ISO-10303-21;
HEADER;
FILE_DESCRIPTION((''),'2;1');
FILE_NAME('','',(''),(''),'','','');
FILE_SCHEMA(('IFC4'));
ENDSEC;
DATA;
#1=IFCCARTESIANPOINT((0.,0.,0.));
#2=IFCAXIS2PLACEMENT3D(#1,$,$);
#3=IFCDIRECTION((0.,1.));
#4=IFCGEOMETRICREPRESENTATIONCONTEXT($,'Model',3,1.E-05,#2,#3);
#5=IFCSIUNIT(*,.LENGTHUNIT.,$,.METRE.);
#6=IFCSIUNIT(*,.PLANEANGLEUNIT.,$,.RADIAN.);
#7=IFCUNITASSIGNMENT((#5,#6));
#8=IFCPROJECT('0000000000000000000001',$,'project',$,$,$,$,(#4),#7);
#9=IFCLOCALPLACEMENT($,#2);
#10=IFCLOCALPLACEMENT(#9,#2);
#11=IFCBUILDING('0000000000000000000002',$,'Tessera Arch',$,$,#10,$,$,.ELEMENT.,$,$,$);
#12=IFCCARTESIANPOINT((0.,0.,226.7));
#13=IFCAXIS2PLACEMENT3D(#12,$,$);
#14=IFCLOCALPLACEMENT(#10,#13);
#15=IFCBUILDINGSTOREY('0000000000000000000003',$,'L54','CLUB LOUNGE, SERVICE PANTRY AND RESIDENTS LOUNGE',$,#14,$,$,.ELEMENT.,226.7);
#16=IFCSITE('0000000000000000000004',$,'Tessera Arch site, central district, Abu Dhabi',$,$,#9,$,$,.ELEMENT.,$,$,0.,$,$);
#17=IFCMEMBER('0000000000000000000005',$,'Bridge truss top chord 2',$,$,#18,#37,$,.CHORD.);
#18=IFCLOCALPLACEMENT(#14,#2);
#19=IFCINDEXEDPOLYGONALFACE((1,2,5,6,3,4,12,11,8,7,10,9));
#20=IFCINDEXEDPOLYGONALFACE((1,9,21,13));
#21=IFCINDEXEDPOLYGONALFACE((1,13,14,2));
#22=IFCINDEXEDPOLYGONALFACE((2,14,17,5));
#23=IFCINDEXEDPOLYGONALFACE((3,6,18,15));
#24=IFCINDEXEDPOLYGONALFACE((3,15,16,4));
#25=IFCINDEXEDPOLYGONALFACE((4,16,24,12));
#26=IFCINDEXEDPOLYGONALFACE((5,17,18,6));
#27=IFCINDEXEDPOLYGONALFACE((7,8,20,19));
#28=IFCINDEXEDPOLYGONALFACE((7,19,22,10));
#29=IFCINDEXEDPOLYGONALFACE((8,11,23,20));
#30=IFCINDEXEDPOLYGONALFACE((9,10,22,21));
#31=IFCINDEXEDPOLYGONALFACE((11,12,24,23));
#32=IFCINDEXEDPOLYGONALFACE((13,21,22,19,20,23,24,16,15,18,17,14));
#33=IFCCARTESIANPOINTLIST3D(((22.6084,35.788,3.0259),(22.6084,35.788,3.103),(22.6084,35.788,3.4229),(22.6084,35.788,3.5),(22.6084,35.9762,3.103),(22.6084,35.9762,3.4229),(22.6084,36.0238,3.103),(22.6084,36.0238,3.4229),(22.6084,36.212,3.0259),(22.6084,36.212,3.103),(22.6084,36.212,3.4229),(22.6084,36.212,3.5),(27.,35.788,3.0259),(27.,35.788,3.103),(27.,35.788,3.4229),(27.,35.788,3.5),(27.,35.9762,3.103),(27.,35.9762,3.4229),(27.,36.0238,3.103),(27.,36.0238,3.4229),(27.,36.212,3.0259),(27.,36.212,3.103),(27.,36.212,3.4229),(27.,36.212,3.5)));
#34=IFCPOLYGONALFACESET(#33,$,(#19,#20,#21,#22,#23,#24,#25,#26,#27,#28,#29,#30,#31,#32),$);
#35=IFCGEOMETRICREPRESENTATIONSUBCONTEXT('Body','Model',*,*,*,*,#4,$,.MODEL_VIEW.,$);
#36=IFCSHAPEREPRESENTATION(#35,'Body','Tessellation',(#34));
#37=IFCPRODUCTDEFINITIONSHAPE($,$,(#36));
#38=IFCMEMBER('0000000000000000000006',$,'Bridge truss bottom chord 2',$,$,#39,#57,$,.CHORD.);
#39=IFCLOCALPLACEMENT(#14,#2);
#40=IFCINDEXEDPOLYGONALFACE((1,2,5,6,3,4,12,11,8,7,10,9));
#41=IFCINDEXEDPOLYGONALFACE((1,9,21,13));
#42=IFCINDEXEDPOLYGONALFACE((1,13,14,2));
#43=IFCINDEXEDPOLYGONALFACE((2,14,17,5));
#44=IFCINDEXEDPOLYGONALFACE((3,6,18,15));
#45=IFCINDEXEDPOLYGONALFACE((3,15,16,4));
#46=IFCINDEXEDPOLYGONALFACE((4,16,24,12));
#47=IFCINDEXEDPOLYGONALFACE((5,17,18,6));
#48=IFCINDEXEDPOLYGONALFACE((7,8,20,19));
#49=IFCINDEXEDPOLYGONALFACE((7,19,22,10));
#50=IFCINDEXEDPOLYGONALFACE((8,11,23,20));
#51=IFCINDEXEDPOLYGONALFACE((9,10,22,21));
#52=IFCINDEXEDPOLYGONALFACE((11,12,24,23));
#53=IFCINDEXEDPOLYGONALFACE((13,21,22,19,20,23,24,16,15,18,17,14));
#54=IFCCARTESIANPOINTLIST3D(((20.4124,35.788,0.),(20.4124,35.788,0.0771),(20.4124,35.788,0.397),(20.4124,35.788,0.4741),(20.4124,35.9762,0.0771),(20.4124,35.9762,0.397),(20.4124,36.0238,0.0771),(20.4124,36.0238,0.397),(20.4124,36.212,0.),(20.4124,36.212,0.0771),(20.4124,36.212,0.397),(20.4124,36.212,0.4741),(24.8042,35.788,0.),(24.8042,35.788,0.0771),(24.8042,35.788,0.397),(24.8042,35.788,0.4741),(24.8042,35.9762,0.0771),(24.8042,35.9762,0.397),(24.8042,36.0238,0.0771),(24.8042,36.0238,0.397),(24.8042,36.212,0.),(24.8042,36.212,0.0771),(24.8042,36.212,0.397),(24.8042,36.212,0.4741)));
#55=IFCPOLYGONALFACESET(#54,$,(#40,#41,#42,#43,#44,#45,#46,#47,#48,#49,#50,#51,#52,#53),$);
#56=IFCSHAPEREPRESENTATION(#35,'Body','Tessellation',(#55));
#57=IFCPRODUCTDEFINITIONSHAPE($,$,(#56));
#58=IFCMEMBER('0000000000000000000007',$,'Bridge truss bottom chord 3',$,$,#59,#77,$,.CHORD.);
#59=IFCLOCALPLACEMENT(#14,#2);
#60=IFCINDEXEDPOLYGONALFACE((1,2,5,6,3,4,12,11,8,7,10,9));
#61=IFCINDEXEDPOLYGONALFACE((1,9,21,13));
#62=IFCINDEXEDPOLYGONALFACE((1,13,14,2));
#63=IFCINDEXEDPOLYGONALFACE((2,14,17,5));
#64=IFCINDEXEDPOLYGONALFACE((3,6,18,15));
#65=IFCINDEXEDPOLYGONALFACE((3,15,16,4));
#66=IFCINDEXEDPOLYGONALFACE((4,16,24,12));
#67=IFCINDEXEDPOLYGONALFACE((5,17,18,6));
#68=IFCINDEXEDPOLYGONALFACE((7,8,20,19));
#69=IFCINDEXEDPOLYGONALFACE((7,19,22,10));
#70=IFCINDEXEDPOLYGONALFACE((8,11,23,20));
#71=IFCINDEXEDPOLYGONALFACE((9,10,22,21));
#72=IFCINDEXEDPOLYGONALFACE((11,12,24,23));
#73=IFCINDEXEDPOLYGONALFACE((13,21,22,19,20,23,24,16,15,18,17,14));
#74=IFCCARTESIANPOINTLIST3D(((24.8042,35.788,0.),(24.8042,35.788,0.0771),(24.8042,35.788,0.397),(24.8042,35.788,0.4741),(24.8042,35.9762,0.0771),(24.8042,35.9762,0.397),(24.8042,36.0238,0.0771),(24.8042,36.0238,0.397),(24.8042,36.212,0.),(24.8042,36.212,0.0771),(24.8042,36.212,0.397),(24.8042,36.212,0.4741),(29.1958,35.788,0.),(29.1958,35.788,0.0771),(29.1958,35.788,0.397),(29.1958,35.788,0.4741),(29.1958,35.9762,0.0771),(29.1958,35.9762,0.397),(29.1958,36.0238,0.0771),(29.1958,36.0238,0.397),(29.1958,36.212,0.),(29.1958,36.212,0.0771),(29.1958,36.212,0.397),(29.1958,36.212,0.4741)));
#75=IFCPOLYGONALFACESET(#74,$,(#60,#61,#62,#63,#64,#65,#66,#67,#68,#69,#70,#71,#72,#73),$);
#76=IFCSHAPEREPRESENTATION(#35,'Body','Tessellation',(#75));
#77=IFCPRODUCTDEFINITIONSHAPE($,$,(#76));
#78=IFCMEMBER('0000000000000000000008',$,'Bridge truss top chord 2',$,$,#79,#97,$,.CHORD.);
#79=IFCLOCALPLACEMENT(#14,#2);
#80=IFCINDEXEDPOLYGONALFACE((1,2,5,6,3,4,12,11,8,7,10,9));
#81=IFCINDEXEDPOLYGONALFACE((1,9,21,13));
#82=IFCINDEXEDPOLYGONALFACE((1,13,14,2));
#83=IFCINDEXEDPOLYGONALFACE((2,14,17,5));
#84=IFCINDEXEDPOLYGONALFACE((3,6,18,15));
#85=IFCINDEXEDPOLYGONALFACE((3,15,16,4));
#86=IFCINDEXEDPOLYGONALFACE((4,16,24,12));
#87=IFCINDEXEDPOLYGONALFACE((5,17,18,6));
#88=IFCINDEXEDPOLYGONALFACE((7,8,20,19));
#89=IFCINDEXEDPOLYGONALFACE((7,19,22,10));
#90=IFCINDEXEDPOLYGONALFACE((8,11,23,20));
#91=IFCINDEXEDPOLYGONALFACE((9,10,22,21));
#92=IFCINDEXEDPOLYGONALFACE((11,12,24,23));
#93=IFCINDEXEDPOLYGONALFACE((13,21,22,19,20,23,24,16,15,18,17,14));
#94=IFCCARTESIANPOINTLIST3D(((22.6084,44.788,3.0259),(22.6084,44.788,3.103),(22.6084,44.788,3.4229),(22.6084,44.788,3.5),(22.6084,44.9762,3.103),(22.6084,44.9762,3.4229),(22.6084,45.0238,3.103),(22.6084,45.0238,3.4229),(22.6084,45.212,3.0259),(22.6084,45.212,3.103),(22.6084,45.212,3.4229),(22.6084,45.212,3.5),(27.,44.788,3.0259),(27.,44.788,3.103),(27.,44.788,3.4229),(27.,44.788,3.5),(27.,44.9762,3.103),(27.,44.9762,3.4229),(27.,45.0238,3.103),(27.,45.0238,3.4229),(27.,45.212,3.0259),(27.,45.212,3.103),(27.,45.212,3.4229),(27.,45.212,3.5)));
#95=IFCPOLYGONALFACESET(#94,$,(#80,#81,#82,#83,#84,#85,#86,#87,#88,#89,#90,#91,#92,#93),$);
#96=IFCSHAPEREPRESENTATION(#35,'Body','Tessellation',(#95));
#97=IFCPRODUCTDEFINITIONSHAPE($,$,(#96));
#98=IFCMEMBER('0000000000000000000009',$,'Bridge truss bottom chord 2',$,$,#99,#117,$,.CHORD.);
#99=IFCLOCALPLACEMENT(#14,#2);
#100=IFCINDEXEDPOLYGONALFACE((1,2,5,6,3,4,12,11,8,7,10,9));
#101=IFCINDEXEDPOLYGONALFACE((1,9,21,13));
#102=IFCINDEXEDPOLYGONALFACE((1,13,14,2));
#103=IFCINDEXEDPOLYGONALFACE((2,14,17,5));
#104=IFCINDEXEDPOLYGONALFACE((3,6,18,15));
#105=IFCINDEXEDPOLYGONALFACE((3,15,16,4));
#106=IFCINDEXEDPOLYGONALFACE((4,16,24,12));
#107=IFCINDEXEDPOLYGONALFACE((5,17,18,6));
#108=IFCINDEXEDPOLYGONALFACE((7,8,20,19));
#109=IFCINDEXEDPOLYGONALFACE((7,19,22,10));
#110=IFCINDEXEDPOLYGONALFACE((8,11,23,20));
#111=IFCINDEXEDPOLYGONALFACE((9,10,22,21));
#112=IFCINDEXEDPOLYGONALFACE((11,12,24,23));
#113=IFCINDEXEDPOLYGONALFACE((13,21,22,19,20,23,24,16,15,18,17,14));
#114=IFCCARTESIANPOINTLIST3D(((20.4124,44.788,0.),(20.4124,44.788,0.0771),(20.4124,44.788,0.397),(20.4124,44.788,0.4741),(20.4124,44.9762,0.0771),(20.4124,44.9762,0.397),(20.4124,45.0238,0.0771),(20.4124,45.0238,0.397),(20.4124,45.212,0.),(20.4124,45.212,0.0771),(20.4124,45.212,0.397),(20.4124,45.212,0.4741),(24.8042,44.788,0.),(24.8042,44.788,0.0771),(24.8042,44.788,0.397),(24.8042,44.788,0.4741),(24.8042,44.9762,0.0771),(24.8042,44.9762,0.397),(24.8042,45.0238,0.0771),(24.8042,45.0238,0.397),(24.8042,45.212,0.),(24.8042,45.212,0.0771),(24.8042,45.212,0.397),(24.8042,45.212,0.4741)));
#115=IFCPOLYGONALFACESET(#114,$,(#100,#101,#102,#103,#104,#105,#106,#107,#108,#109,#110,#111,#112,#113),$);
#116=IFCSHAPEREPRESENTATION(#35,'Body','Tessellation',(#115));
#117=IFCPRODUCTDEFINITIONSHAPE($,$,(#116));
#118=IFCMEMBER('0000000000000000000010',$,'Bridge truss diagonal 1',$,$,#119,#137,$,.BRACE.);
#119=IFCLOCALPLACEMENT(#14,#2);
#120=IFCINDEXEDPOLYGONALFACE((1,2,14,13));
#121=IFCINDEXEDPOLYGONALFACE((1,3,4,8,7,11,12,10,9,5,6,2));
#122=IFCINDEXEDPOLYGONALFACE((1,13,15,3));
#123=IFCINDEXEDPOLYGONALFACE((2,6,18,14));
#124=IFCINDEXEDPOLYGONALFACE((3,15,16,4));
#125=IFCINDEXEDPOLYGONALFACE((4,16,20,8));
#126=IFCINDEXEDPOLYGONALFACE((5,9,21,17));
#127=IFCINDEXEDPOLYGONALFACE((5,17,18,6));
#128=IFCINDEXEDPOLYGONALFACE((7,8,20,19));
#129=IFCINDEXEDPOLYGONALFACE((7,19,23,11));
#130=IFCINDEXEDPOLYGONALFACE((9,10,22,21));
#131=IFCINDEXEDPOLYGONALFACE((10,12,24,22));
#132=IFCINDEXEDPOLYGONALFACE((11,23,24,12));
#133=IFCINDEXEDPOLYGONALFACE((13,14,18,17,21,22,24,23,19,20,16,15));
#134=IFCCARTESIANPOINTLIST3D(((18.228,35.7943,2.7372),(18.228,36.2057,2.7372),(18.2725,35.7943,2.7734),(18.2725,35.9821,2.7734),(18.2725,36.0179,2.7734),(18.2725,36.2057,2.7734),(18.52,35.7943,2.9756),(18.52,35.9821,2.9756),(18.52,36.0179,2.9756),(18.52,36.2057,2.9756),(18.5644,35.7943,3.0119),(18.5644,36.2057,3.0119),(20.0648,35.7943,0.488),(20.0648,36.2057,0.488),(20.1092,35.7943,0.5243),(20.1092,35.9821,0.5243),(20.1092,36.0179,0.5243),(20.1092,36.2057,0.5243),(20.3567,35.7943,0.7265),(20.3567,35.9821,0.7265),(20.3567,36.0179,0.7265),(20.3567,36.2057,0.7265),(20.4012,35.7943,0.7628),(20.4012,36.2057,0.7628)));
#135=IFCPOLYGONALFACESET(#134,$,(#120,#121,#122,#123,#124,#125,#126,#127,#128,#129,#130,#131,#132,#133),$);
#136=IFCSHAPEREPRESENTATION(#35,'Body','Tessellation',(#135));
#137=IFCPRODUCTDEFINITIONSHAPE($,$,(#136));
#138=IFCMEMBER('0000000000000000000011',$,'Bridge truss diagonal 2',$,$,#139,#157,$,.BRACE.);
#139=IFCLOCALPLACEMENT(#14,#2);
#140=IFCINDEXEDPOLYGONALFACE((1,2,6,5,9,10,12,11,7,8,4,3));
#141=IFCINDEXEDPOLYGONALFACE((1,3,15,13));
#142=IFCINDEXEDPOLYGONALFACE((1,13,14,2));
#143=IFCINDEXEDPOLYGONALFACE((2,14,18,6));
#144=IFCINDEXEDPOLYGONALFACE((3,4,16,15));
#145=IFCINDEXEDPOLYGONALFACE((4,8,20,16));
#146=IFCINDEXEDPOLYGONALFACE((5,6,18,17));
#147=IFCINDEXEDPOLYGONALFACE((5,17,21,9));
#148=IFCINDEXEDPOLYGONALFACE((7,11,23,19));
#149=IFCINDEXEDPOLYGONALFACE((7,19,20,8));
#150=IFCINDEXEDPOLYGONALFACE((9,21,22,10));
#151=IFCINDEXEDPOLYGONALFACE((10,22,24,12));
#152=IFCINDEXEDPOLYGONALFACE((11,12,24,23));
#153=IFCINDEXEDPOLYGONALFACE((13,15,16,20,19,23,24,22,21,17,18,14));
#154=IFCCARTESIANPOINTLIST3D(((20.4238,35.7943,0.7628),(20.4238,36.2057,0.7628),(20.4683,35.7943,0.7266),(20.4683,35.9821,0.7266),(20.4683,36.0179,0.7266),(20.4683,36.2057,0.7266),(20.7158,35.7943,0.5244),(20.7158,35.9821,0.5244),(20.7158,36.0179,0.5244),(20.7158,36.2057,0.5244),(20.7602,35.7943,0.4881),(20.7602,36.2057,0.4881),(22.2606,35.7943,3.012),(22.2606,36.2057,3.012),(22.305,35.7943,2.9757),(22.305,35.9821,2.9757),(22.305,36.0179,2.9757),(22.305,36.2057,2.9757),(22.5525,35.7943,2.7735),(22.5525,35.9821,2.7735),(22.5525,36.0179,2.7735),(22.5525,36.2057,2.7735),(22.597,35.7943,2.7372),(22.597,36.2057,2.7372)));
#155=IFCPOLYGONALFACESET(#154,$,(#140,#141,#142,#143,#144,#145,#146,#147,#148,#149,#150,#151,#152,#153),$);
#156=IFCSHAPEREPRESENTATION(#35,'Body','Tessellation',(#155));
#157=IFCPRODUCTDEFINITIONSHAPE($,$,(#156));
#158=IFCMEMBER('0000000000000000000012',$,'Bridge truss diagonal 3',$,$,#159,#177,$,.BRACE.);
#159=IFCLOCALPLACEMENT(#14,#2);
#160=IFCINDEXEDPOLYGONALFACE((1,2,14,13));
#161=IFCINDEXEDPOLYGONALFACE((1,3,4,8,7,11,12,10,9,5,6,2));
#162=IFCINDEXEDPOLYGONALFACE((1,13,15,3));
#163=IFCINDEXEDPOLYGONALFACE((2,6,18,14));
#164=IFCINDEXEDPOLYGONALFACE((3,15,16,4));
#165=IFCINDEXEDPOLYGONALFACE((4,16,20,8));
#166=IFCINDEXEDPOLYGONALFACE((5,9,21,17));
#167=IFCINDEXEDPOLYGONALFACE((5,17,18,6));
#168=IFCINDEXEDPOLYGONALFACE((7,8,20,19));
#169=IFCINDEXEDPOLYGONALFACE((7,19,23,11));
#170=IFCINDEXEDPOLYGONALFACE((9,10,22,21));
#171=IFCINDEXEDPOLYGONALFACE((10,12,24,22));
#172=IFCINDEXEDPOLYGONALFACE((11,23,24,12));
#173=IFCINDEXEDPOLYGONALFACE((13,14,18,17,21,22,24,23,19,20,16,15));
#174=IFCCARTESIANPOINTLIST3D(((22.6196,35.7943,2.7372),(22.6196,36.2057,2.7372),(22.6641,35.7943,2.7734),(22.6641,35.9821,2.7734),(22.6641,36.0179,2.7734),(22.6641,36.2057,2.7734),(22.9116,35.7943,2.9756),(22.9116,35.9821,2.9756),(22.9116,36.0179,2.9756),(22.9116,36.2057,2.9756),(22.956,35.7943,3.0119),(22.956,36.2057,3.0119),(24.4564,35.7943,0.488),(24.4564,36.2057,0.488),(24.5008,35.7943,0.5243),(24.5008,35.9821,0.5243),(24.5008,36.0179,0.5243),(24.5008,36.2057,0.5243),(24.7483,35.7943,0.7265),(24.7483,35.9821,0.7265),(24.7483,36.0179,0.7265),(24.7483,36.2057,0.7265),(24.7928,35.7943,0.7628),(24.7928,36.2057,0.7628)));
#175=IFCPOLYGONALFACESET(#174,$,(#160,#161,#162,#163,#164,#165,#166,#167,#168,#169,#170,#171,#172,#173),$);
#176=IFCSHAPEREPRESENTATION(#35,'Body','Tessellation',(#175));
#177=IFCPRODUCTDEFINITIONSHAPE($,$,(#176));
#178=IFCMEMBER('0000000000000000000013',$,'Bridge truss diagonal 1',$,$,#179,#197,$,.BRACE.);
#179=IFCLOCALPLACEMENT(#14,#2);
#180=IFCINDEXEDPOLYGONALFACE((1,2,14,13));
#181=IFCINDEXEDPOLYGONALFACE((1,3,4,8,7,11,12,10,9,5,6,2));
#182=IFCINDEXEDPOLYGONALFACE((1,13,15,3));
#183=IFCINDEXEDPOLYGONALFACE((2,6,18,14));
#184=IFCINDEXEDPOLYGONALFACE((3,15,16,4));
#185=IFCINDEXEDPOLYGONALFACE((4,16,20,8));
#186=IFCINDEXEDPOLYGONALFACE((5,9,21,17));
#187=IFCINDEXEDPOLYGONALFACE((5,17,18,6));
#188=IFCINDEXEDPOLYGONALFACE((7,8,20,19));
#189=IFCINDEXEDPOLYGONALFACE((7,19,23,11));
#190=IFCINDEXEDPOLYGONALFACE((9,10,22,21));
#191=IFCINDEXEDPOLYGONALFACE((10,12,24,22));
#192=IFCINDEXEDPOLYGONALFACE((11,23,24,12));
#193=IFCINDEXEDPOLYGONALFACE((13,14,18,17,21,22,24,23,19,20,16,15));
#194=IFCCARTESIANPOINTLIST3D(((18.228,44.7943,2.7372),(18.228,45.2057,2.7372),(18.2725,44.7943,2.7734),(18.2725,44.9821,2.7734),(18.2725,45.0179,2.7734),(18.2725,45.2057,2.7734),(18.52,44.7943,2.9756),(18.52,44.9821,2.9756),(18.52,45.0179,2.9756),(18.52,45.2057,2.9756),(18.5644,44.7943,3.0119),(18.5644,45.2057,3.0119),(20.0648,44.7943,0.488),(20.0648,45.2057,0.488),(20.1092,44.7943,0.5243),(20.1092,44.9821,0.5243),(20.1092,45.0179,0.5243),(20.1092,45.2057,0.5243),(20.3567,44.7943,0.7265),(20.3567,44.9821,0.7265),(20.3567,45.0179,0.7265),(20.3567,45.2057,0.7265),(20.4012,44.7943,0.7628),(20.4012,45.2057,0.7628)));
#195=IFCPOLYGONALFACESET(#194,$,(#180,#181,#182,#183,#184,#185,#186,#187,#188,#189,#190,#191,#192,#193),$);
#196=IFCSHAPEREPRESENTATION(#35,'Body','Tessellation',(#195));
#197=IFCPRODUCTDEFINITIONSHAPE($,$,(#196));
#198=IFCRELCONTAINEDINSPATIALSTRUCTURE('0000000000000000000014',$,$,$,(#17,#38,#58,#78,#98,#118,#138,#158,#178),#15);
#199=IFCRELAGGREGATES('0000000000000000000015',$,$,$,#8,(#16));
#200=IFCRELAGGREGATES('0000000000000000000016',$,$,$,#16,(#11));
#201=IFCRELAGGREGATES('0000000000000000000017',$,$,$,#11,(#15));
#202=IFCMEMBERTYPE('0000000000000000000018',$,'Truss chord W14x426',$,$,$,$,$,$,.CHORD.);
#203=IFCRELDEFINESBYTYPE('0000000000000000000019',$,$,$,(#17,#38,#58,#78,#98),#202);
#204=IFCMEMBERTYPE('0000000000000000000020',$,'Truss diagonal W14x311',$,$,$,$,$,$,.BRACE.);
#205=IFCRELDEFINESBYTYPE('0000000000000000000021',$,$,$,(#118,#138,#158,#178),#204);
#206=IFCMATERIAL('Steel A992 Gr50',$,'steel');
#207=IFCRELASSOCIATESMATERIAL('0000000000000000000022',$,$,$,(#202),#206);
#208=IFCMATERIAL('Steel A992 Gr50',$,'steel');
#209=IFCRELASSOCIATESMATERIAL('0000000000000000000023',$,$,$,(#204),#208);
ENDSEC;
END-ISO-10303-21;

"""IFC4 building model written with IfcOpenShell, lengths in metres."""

from ifc_helpers import new_model, si_unit, direction, frame, origin, origin_2d, place, context, subcontext, project, spatial, i_section, extrude, material, material_profile, profile_set, type_object, element, save


model = new_model("IFC4")

# Units and contexts
model_context = context("Model", 3, precision=1e-05, world=origin(), true_north=direction((0.0, 1.0)))
body_context = subcontext(model_context, "Body", "Model", "MODEL_VIEW")
ifc_project = project(units=[si_unit("LENGTHUNIT", "METRE"), si_unit("PLANEANGLEUNIT", "RADIAN")], contexts=[model_context])

# Site, building, storey
site_placement = place(None, origin())
site = spatial("IfcSite", under=ifc_project, at=site_placement, Name="Tessera Arch site, central district, Abu Dhabi", CompositionType="ELEMENT", RefElevation=0.0)
building_placement = place(site_placement, origin())
building = spatial("IfcBuilding", under=site, at=building_placement, Name="Tessera Arch", CompositionType="ELEMENT")
storey_placement = place(building_placement, frame((0.0, 0.0, 226.7)))
storey = spatial("IfcBuildingStorey", under=building, at=storey_placement, Name="L54", Description="CLUB LOUNGE, SERVICE PANTRY AND RESIDENTS LOUNGE", CompositionType="ELEMENT", Elevation=226.7)

# Members
ifc_material_1 = material(Name="Steel A992 Gr50", Category="steel")
ifc_material_profile_1 = material_profile(ifc_material_1, i_section(OverallWidth=0.4241, OverallDepth=0.4741, WebThickness=0.0476, FlangeThickness=0.0771, at=origin_2d()), Name="W14x426")
ifc_profile_set_1 = profile_set([ifc_material_profile_1], Name="Steel A992 Gr50")
member_type_1 = type_object("IfcMemberType", Name="Truss chord W14x426", PredefinedType="CHORD", material=ifc_profile_set_1)
member_1_placement = place(storey_placement, frame((22.6084, 36.0, 3.2629), z_axis=(1.0, 0.0, 0.0), x_axis=(0.0, 1.0, 0.0)))
element("IfcMember", 1, at=member_1_placement, inside=storey, type_object=member_type_1, Name="Bridge truss top chord 2", PredefinedType="CHORD", context=body_context, shape_type="SweptSolid", body=[
    extrude(i_section(OverallWidth=0.4241, OverallDepth=0.4741, WebThickness=0.0476, FlangeThickness=0.0771, at=origin_2d()), origin(), (0.0, 0.0, 1.0), 4.3916),
])
member_2_placement = place(storey_placement, frame((20.4124, 36.0, 0.2371), z_axis=(1.0, 0.0, 0.0), x_axis=(0.0, 1.0, 0.0)))
element("IfcMember", 2, at=member_2_placement, inside=storey, type_object=member_type_1, Name="Bridge truss bottom chord 2", PredefinedType="CHORD", context=body_context, shape_type="SweptSolid", body=[
    extrude(i_section(OverallWidth=0.4241, OverallDepth=0.4741, WebThickness=0.0476, FlangeThickness=0.0771, at=origin_2d()), origin(), (0.0, 0.0, 1.0), 4.3918),
])
for number, where, z_axis, x_axis, name in (
    (3, (24.8042, 36.0, 0.2371), (1.0, 0.0, 0.0), (0.0, 1.0, 0.0), "Bridge truss bottom chord 3"),
    (4, (22.6084, 45.0, 3.2629), (1.0, 0.0, 0.0), (0.0, 1.0, 0.0), "Bridge truss top chord 2"),
):
    element("IfcMember", number, at=place(storey_placement, frame(where, z_axis=z_axis, x_axis=x_axis)), inside=storey, type_object=member_type_1, Name=name, PredefinedType="CHORD", context=body_context, shape_type="SweptSolid", body=[
        extrude(i_section(OverallWidth=0.4241, OverallDepth=0.4741, WebThickness=0.0476, FlangeThickness=0.0771, at=origin_2d()), origin(), (0.0, 0.0, 1.0), 4.3916),
    ])
member_3_placement = place(storey_placement, frame((20.4124, 45.0, 0.2371), z_axis=(1.0, 0.0, 0.0), x_axis=(0.0, 1.0, 0.0)))
element("IfcMember", 5, at=member_3_placement, inside=storey, type_object=member_type_1, Name="Bridge truss bottom chord 2", PredefinedType="CHORD", context=body_context, shape_type="SweptSolid", body=[
    extrude(i_section(OverallWidth=0.4241, OverallDepth=0.4741, WebThickness=0.0476, FlangeThickness=0.0771, at=origin_2d()), origin(), (0.0, 0.0, 1.0), 4.3918),
])
ifc_material_2 = material(Name="Steel A992 Gr50", Category="steel")
ifc_material_profile_2 = material_profile(ifc_material_2, i_section(OverallWidth=0.4114, OverallDepth=0.4343, WebThickness=0.0359, FlangeThickness=0.0574, at=origin_2d()), Name="W14x311")
ifc_profile_set_2 = profile_set([ifc_material_profile_2], Name="Steel A992 Gr50")
member_type_2 = type_object("IfcMemberType", Name="Truss diagonal W14x311", PredefinedType="BRACE", material=ifc_profile_set_2)
for number, where, z_axis, x_axis, name in (
    (6, (18.3962, 36.0, 2.8745), (0.632528, 0.0, -0.774538), (0.0, 1.0, 0.0), "Bridge truss diagonal 1"),
    (7, (20.592, 36.0, 0.6255), (0.632528, 0.0, 0.774538), (0.0, 1.0, 0.0), "Bridge truss diagonal 2"),
    (8, (22.7878, 36.0, 2.8745), (0.632528, 0.0, -0.774538), (0.0, 1.0, 0.0), "Bridge truss diagonal 3"),
    (9, (18.3962, 45.0, 2.8745), (0.632528, 0.0, -0.774538), (0.0, 1.0, 0.0), "Bridge truss diagonal 1"),
):
    element("IfcMember", number, at=place(storey_placement, frame(where, z_axis=z_axis, x_axis=x_axis)), inside=storey, type_object=member_type_2, Name=name, PredefinedType="BRACE", context=body_context, shape_type="SweptSolid", body=[
        extrude(i_section(OverallWidth=0.4114, OverallDepth=0.4343, WebThickness=0.0359, FlangeThickness=0.0574, at=origin_2d()), origin(), (0.0, 0.0, 1.0), 2.9038),
    ])

save(model, "model.ifc")
